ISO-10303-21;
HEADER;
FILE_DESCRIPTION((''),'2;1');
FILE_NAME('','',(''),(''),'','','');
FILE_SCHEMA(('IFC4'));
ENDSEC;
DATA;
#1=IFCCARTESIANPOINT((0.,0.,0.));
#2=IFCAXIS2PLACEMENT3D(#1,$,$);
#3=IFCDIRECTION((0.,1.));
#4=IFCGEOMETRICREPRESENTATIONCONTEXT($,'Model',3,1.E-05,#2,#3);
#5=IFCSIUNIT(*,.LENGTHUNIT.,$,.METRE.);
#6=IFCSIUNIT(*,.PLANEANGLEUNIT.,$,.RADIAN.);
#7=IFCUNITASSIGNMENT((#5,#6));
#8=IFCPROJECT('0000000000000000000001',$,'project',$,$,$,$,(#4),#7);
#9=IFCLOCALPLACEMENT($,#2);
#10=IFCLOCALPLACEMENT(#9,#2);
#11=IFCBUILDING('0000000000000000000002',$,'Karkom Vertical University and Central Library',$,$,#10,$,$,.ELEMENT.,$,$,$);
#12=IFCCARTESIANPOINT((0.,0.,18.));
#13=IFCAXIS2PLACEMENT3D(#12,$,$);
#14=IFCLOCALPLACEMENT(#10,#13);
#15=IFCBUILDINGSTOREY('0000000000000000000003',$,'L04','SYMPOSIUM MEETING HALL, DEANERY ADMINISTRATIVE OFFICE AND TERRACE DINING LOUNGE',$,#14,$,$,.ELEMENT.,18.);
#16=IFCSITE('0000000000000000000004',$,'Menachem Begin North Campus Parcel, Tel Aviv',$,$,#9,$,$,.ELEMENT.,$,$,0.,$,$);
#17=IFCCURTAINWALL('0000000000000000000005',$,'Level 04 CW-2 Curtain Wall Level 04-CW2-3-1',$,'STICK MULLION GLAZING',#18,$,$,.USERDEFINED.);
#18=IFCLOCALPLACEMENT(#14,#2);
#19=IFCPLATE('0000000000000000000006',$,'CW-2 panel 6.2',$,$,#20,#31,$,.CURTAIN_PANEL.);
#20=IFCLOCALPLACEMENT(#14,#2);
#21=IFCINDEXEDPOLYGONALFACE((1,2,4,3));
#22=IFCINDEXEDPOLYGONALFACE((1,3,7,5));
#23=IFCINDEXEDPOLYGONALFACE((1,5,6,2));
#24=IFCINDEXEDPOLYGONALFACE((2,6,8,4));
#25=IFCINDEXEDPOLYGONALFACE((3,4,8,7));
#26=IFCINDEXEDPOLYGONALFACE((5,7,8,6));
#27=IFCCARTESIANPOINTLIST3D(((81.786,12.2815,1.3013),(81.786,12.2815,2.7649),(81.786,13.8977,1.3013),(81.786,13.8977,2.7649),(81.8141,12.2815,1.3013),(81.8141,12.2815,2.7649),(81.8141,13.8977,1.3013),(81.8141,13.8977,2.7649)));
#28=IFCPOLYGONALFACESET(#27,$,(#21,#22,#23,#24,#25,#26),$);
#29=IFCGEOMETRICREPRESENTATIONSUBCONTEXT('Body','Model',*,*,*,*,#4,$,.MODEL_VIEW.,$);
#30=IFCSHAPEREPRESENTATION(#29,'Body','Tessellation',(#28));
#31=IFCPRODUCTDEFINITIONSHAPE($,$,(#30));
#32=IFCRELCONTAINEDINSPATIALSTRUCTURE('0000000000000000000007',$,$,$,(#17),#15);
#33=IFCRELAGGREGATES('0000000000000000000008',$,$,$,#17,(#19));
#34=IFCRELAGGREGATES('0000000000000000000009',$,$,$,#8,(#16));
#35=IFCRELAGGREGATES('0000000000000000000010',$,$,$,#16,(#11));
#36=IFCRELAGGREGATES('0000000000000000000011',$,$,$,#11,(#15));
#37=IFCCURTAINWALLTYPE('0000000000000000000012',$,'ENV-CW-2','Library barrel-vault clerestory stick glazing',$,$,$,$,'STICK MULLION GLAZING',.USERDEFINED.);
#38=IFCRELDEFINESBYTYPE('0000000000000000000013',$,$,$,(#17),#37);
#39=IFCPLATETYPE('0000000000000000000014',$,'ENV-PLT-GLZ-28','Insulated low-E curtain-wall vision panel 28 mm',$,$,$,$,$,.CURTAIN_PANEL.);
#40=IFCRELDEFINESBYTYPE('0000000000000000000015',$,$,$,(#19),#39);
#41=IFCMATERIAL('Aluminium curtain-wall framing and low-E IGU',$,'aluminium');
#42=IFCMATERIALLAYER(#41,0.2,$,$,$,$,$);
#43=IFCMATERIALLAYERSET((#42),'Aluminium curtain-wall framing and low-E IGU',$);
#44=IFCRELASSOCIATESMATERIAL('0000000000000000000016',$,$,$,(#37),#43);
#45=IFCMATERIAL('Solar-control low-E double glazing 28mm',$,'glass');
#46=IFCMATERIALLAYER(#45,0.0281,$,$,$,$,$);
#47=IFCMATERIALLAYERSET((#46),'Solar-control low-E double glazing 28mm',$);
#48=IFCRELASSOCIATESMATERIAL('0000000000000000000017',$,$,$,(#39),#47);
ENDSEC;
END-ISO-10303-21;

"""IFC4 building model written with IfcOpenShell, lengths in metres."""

from ifc_helpers import new_model, si_unit, direction, frame, origin, origin_with_axes, origin_2d, place, context, subcontext, project, spatial, rectangle, extrude, source, transform, mapped, material, layer, layer_set, type_object, element, aggregate, save


model = new_model("IFC4")

# Units and contexts
model_context = context("Model", 3, precision=1e-05, world=origin(), true_north=direction((0.0, 1.0)))
body_context = subcontext(model_context, "Body", "Model", "MODEL_VIEW")
ifc_project = project(units=[si_unit("LENGTHUNIT", "METRE"), si_unit("PLANEANGLEUNIT", "RADIAN")], contexts=[model_context])

# Site, building, storey
site_placement = place(None, origin())
site = spatial("IfcSite", under=ifc_project, at=site_placement, Name="Menachem Begin North Campus Parcel, Tel Aviv", CompositionType="ELEMENT", RefElevation=0.0)
building_placement = place(site_placement, origin())
building = spatial("IfcBuilding", under=site, at=building_placement, Name="Karkom Vertical University and Central Library", CompositionType="ELEMENT")
storey_placement = place(building_placement, frame((0.0, 0.0, 18.0)))
storey = spatial("IfcBuildingStorey", under=building, at=storey_placement, Name="L04", Description="SYMPOSIUM MEETING HALL, DEANERY ADMINISTRATIVE OFFICE AND TERRACE DINING LOUNGE", CompositionType="ELEMENT", Elevation=18.0)

# Curtain wall, plate
ifc_material_1 = material(Name="Aluminium curtain-wall framing and low-E IGU", Category="aluminium")
ifc_layer_1 = layer(ifc_material_1, 0.2)
ifc_layer_set_1 = layer_set([ifc_layer_1], Name="Aluminium curtain-wall framing and low-E IGU")
curtain_wall_type = type_object("IfcCurtainWallType", Name="ENV-CW-2", Description="Library barrel-vault clerestory stick glazing", ElementType="STICK MULLION GLAZING", PredefinedType="USERDEFINED", material=ifc_layer_set_1)
curtain_wall_placement = place(storey_placement, origin())
curtain_wall = element("IfcCurtainWall", 1, at=curtain_wall_placement, inside=storey, type_object=curtain_wall_type, Name="Level 04 CW-2 Curtain Wall Level 04-CW2-3-1", ObjectType="STICK MULLION GLAZING", PredefinedType="USERDEFINED")
ifc_material_2 = material(Name="Solar-control low-E double glazing 28mm", Category="glass")
ifc_layer_2 = layer(ifc_material_2, 0.0281)
ifc_layer_set_2 = layer_set([ifc_layer_2], Name="Solar-control low-E double glazing 28mm")
plate_type = type_object("IfcPlateType", Name="ENV-PLT-GLZ-28", Description="Insulated low-E curtain-wall vision panel 28 mm", PredefinedType="CURTAIN_PANEL", material=ifc_layer_set_2)
shared_shape_1 = source(origin_with_axes(), body_context, "Body", "SweptSolid", [
    extrude(rectangle(XDim=1.6162, YDim=0.0281, at=origin_2d()), origin(), (0.0, 0.0, 1.0), 1.4636),
])
plate_1_placement = place(storey_placement, frame((81.8, 13.0896, 1.3013), z_axis=(0.0, 0.0, 1.0), x_axis=(0.0, 1.0, 0.0)))
plate_1 = element("IfcPlate", 2, at=plate_1_placement, type_object=plate_type, Name="CW-2 panel 6.2", PredefinedType="CURTAIN_PANEL", context=body_context, shape_type="MappedRepresentation", body=[
    mapped(shared_shape_1, transform((0.0, 0.0, 0.0), scale=1.0)),
])
aggregate(curtain_wall, [plate_1])

save(model, "model.ifc")
